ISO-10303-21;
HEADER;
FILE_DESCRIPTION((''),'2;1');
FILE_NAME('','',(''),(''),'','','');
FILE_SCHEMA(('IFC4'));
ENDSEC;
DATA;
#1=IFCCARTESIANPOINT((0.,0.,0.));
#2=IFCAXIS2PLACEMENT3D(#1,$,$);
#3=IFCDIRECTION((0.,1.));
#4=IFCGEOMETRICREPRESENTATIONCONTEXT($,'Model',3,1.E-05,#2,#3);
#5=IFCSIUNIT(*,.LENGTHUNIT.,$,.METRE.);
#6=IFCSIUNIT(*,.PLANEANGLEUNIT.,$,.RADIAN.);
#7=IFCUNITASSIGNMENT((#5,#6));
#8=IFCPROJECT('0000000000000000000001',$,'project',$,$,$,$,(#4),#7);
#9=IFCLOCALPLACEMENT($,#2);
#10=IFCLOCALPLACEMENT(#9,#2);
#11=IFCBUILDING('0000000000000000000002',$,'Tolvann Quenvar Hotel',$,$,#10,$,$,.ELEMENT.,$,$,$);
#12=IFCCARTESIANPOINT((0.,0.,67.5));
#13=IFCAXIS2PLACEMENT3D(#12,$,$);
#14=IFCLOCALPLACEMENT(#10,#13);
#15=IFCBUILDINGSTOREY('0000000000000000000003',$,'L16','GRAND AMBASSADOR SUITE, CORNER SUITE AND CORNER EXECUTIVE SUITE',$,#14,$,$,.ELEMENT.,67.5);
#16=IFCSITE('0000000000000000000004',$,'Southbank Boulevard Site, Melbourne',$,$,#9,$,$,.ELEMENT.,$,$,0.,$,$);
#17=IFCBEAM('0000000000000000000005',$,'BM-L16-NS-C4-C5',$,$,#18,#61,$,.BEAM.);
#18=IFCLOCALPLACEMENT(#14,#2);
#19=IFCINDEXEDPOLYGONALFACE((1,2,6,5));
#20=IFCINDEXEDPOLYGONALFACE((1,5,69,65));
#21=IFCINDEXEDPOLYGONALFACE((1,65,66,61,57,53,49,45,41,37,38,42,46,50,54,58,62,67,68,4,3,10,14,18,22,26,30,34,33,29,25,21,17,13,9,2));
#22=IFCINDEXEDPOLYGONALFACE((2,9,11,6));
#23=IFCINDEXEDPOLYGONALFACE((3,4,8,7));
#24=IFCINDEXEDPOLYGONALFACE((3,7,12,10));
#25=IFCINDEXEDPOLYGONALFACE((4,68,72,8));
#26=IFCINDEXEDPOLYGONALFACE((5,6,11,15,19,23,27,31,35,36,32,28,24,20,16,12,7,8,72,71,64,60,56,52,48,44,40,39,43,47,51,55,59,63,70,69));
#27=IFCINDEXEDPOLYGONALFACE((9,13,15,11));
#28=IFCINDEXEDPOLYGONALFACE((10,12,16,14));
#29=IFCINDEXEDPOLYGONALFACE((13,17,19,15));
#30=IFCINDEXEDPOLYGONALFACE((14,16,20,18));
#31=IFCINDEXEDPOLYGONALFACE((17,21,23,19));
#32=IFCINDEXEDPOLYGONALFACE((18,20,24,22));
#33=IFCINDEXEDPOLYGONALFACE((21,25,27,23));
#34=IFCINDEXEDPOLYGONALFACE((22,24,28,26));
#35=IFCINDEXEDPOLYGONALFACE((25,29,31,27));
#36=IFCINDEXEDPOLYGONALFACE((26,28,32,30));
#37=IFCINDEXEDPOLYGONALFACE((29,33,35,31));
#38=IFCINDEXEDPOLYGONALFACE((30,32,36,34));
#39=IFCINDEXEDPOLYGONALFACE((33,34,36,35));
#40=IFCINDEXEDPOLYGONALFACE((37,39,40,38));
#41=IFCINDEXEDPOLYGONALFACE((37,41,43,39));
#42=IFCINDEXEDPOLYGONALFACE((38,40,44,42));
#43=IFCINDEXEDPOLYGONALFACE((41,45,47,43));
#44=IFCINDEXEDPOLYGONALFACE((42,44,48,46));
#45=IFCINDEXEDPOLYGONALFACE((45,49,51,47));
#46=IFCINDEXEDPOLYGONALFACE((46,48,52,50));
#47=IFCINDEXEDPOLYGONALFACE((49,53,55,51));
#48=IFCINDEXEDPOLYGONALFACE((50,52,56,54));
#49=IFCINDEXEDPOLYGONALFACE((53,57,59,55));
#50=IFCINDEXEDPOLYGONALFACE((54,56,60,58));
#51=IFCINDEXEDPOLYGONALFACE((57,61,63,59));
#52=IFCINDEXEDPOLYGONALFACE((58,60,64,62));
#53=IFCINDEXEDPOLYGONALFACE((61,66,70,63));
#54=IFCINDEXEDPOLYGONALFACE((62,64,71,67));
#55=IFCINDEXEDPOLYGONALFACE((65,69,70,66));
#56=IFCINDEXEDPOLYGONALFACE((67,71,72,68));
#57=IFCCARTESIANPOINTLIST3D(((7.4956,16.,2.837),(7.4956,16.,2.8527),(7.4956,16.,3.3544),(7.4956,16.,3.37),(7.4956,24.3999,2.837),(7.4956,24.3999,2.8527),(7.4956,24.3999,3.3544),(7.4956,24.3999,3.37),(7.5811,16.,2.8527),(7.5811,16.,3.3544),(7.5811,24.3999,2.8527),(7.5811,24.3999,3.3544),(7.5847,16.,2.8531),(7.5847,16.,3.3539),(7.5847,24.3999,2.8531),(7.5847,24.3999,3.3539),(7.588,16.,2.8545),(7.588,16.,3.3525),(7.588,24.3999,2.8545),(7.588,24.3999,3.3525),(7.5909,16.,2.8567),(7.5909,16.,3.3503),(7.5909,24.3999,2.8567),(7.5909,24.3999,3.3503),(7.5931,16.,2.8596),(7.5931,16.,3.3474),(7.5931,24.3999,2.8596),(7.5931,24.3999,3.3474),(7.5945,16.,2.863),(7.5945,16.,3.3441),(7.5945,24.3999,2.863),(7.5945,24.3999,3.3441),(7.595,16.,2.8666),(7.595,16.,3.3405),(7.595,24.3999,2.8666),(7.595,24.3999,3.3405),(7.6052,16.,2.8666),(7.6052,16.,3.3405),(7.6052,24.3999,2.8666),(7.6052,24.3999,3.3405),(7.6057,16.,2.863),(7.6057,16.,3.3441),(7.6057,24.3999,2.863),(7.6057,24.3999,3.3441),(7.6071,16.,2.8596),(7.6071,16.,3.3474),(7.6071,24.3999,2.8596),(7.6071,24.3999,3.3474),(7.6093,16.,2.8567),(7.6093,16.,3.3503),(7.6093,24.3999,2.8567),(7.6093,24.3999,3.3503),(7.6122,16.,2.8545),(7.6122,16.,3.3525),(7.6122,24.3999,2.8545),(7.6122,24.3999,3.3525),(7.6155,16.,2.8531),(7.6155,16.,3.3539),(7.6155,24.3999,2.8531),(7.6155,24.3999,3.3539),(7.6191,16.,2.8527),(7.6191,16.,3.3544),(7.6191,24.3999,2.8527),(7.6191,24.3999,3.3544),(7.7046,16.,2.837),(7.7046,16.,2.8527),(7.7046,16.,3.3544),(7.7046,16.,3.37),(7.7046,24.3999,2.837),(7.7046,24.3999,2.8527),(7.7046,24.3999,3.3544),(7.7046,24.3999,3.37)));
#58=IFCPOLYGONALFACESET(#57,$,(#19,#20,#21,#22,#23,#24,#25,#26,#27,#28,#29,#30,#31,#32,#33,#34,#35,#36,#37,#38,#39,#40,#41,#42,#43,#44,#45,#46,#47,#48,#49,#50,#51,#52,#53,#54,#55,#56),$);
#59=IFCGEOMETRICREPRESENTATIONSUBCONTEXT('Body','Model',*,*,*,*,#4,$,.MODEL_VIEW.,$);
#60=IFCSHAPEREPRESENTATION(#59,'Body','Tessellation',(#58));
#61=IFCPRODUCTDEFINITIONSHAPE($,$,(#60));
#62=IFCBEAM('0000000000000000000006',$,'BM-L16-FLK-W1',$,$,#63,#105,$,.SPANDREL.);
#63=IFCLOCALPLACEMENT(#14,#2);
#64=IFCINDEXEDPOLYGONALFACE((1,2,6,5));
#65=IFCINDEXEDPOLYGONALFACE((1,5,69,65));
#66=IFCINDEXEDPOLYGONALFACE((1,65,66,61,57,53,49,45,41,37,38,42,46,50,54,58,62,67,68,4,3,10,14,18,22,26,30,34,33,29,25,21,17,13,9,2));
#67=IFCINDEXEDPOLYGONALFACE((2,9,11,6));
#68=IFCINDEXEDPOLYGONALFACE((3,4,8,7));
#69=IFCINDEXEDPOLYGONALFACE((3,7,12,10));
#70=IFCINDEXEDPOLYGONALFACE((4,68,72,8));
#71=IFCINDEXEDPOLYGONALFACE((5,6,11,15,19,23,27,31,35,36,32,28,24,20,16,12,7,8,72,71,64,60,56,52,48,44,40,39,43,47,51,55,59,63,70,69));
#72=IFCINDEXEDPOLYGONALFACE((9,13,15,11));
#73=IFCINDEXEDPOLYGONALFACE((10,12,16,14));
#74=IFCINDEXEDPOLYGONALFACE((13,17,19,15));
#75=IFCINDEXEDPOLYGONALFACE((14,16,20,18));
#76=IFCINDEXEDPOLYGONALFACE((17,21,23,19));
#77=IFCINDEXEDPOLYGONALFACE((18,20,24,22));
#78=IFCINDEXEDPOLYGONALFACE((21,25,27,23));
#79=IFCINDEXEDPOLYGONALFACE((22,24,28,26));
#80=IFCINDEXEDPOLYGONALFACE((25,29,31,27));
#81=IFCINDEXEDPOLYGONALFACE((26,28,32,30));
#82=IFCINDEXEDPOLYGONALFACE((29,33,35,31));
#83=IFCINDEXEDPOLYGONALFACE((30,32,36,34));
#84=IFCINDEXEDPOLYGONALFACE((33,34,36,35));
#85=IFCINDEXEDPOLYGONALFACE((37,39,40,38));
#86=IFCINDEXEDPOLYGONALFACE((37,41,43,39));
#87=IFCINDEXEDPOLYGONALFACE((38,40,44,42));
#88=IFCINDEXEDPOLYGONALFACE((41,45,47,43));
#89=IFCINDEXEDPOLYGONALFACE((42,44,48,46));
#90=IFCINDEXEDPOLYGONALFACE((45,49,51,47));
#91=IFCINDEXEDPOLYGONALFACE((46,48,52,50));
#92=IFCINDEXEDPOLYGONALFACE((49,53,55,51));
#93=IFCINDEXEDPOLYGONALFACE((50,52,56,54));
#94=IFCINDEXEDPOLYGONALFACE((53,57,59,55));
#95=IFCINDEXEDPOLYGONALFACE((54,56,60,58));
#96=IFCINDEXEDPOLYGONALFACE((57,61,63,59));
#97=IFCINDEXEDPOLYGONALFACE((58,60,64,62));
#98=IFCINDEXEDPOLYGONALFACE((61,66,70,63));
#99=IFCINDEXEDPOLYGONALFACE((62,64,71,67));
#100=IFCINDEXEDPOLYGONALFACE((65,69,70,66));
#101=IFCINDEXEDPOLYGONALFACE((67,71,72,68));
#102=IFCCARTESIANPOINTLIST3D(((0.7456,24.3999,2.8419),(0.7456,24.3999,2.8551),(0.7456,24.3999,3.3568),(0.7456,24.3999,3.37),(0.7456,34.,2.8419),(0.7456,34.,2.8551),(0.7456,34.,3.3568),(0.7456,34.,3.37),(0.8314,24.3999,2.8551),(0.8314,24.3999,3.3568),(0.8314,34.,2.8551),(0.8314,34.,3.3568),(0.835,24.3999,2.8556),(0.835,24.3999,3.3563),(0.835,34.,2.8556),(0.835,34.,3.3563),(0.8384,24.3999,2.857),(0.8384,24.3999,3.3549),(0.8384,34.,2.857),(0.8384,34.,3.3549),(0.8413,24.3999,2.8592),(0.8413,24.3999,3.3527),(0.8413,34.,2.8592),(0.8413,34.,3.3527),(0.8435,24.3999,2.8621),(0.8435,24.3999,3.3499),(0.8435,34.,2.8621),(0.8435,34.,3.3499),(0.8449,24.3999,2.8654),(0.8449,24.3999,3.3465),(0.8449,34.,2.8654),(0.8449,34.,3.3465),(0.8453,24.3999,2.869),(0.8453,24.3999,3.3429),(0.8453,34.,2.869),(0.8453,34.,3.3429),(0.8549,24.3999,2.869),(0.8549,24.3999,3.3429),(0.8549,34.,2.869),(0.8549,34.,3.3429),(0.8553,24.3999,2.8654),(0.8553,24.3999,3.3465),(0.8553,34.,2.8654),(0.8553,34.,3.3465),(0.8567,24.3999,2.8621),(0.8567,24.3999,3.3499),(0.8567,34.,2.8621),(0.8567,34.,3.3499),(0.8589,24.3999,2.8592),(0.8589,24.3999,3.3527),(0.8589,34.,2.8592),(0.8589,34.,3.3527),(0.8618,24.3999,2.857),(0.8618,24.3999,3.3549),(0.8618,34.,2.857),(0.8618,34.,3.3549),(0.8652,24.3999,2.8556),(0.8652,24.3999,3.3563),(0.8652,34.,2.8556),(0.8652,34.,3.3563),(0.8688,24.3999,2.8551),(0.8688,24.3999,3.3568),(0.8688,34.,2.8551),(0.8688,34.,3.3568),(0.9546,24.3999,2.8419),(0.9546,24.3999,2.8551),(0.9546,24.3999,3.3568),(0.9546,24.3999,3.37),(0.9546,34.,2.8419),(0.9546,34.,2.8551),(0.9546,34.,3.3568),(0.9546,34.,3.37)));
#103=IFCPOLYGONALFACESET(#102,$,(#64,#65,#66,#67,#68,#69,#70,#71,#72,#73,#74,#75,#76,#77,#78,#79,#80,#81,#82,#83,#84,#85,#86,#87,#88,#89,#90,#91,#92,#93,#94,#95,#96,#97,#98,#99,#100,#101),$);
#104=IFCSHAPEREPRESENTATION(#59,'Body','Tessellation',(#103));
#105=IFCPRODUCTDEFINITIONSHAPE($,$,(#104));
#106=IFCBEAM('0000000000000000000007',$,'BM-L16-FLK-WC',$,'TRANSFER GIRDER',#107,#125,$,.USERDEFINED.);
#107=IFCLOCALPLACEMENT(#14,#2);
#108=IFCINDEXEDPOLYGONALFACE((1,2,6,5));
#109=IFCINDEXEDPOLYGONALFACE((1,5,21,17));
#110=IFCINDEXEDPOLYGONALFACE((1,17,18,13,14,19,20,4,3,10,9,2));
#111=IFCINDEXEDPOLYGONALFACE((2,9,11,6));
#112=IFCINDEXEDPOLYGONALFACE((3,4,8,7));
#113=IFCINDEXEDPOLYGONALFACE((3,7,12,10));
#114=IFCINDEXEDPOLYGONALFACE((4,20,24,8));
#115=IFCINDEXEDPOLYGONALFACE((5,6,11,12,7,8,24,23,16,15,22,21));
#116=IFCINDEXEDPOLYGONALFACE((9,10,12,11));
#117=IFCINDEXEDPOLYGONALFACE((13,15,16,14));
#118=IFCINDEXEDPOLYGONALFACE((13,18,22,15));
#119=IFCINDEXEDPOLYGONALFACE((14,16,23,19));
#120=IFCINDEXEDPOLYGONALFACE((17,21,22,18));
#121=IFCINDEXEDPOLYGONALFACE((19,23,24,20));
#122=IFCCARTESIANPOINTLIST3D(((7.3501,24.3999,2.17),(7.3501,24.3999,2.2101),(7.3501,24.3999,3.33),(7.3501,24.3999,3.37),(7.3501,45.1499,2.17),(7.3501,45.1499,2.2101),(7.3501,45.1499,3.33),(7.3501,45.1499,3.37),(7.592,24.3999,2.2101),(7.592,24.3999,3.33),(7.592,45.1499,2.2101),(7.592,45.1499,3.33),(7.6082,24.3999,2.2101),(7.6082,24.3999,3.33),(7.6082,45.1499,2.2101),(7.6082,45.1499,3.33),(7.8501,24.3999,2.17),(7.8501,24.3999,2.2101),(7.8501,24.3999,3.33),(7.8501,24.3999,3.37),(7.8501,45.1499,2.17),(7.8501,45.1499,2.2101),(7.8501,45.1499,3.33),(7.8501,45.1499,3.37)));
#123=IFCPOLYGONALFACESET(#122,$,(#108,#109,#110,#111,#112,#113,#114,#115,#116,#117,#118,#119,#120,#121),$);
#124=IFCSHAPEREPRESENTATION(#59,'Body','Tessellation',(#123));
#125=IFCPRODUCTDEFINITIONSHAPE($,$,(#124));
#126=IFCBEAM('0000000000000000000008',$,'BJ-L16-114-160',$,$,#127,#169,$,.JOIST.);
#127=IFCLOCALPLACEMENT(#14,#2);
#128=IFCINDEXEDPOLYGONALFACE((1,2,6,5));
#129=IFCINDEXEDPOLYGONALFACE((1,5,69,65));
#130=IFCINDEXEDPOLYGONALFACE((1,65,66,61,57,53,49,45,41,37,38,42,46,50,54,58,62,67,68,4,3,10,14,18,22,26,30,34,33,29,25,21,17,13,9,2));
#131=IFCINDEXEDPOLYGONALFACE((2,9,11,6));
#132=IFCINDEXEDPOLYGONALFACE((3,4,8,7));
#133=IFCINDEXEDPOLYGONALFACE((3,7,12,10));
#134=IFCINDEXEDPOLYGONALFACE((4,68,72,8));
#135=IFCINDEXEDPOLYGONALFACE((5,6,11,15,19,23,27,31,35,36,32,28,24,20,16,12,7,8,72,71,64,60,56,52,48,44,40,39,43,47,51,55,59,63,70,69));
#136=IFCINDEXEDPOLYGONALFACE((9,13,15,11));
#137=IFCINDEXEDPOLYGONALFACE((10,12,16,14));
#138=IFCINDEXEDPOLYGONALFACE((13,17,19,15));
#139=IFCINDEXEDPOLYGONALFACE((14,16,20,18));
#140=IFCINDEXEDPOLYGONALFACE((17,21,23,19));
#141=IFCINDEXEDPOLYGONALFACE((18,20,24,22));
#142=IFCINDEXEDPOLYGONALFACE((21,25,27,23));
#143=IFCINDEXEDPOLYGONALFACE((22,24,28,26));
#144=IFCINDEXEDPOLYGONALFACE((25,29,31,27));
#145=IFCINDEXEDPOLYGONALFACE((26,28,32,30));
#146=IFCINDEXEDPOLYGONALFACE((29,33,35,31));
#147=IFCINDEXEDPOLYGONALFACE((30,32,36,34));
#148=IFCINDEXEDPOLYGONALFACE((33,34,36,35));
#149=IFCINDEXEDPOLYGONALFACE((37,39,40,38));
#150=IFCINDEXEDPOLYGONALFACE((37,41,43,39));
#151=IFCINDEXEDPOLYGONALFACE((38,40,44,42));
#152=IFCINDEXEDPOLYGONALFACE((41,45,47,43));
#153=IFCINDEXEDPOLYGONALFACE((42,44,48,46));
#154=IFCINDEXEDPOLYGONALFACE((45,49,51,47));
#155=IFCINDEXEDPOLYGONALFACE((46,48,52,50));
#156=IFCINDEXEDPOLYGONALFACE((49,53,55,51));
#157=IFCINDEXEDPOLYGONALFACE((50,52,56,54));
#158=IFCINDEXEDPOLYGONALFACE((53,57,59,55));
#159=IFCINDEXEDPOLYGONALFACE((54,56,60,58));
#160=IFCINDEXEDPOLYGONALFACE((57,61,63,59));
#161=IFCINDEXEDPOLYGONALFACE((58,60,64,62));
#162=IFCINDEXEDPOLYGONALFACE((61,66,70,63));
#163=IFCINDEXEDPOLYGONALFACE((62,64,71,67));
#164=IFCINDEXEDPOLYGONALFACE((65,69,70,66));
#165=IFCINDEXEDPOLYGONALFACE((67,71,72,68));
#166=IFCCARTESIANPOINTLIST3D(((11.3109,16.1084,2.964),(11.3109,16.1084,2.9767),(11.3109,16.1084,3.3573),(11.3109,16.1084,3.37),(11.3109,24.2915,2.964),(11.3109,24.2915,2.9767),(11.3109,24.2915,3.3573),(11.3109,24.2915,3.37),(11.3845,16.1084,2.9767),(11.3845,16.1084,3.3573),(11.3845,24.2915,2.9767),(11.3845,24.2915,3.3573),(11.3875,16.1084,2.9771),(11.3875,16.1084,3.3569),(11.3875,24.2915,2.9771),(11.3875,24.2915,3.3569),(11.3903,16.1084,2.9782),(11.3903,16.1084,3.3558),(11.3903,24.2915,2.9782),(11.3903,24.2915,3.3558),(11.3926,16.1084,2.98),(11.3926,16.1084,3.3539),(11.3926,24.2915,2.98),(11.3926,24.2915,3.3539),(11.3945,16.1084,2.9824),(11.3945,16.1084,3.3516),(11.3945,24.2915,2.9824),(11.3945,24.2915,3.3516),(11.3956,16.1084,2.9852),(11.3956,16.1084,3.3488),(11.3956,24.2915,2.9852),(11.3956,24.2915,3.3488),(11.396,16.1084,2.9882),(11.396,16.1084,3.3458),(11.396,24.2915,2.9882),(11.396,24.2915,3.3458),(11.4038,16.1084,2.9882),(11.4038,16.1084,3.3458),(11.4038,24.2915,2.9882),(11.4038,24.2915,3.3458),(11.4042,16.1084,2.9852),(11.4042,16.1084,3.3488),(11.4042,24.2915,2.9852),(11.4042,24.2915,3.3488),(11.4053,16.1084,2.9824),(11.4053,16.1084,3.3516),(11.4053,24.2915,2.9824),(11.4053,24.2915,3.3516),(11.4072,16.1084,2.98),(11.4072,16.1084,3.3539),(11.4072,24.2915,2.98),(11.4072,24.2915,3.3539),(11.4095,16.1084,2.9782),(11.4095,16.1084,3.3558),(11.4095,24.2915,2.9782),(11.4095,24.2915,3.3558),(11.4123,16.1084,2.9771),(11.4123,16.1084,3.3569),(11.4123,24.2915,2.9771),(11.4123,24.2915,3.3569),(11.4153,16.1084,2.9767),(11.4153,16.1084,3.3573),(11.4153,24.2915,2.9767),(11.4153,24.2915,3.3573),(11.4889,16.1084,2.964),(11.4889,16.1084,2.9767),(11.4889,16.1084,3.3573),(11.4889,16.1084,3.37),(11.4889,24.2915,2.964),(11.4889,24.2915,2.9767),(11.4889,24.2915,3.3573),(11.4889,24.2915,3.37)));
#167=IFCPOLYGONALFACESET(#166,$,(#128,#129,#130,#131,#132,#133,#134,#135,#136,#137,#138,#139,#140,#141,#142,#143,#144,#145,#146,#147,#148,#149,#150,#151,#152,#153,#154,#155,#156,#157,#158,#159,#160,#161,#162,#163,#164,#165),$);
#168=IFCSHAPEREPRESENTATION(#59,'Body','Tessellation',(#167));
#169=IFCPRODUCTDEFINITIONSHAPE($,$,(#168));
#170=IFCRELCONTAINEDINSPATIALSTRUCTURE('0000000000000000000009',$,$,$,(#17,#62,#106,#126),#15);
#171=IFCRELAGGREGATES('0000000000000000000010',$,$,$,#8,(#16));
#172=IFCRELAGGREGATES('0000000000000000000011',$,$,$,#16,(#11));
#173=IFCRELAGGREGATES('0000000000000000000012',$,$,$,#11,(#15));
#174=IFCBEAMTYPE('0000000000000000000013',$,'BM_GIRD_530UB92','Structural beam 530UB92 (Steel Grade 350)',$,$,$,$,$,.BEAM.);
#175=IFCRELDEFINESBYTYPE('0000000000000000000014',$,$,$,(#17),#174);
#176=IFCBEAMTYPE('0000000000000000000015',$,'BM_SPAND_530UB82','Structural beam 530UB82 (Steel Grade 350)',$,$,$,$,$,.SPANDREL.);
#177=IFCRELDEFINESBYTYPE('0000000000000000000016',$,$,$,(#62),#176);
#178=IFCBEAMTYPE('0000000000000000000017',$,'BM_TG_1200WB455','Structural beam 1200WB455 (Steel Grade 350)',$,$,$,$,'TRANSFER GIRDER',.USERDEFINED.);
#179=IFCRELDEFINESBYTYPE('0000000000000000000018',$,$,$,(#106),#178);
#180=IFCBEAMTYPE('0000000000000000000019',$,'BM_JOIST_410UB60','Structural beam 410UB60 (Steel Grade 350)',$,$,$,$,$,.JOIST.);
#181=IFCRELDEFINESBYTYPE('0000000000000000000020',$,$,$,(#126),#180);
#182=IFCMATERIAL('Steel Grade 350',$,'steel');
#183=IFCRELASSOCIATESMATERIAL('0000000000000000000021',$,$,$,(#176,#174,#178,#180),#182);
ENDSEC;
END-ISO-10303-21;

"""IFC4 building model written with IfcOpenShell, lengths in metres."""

from ifc_helpers import new_model, si_unit, direction, frame, origin, origin_2d, place, context, subcontext, project, spatial, i_section, extrude, source, transform, mapped, material, material_profile, profile_set, type_object, type_shapes, element, save


model = new_model("IFC4")

# Units and contexts
model_context = context("Model", 3, precision=1e-05, world=origin(), true_north=direction((0.0, 1.0)))
body_context = subcontext(model_context, "Body", "Model", "MODEL_VIEW")
ifc_project = project(units=[si_unit("LENGTHUNIT", "METRE"), si_unit("PLANEANGLEUNIT", "RADIAN")], contexts=[model_context])

# Site, building, storey
site_placement = place(None, origin())
site = spatial("IfcSite", under=ifc_project, at=site_placement, Name="Southbank Boulevard Site, Melbourne", CompositionType="ELEMENT", RefElevation=0.0)
building_placement = place(site_placement, origin())
building = spatial("IfcBuilding", under=site, at=building_placement, Name="Tolvann Quenvar Hotel", CompositionType="ELEMENT")
storey_placement = place(building_placement, frame((0.0, 0.0, 67.5)))
storey = spatial("IfcBuildingStorey", under=building, at=storey_placement, Name="L16", Description="GRAND AMBASSADOR SUITE, CORNER SUITE AND CORNER EXECUTIVE SUITE", CompositionType="ELEMENT", Elevation=67.5)

# Shared definitions
ifc_material_1 = material(Name="Steel Grade 350", Category="steel")

# Beams
ifc_material_profile_1 = material_profile(ifc_material_1, i_section(OverallWidth=0.209, OverallDepth=0.5281, WebThickness=0.0095, FlangeThickness=0.0132, FilletRadius=0.0139, at=origin_2d()), Name="530UB82")
ifc_profile_set_1 = profile_set([ifc_material_profile_1], Name="Steel Grade 350")
beam_type_1 = type_object("IfcBeamType", Name="BM_SPAND_530UB82", Description="Structural beam 530UB82 (Steel Grade 350)", PredefinedType="SPANDREL", material=ifc_profile_set_1)
ifc_material_profile_2 = material_profile(ifc_material_1, i_section(OverallWidth=0.209, OverallDepth=0.533, WebThickness=0.0103, FlangeThickness=0.0156, FilletRadius=0.0139, at=origin_2d()), Name="530UB92")
ifc_profile_set_2 = profile_set([ifc_material_profile_2], Name="Steel Grade 350")
beam_type_2 = type_object("IfcBeamType", Name="BM_GIRD_530UB92", Description="Structural beam 530UB92 (Steel Grade 350)", PredefinedType="BEAM", material=ifc_profile_set_2)
shared_shape_1 = source(origin(), body_context, "Body", "SweptSolid", [
    extrude(i_section(OverallWidth=0.209, OverallDepth=0.533, WebThickness=0.0103, FlangeThickness=0.0156, FilletRadius=0.0139, at=origin_2d()), origin(), (0.0, 0.0, 1.0), 8.3999),
])
type_shapes(beam_type_2, [shared_shape_1])
beam_1_placement = place(storey_placement, frame((7.6001, 16.0, 3.1035), z_axis=(0.0, 1.0, 0.0), x_axis=(-1.0, 0.0, 0.0)))
element("IfcBeam", 1, at=beam_1_placement, inside=storey, type_object=beam_type_2, Name="BM-L16-NS-C4-C5", PredefinedType="BEAM", context=body_context, shape_type="MappedRepresentation", body=[
    mapped(shared_shape_1, transform((0.0, 0.0, 0.0), x_axis=(1.0, 0.0, 0.0), y_axis=(0.0, 1.0, 0.0), z_axis=(0.0, 0.0, 1.0), scale=1.0)),
])
shared_shape_2 = source(origin(), body_context, "Body", "SweptSolid", [
    extrude(i_section(OverallWidth=0.209, OverallDepth=0.5281, WebThickness=0.0095, FlangeThickness=0.0132, FilletRadius=0.0139, at=origin_2d()), origin(), (0.0, 0.0, 1.0), 9.6001),
])
beam_2_placement = place(storey_placement, frame((0.8501, 24.3999, 3.106), z_axis=(0.0, 1.0, 0.0), x_axis=(-1.0, 0.0, 0.0)))
element("IfcBeam", 2, at=beam_2_placement, inside=storey, type_object=beam_type_1, Name="BM-L16-FLK-W1", PredefinedType="SPANDREL", context=body_context, shape_type="MappedRepresentation", body=[
    mapped(shared_shape_2, transform((0.0, 0.0, 0.0), x_axis=(1.0, 0.0, 0.0), y_axis=(0.0, 1.0, 0.0), z_axis=(0.0, 0.0, 1.0), scale=1.0)),
])
ifc_material_profile_3 = material_profile(ifc_material_1, i_section(OverallWidth=0.5, OverallDepth=1.2, WebThickness=0.0161, FlangeThickness=0.04, at=origin_2d()), Name="1200WB455")
ifc_profile_set_3 = profile_set([ifc_material_profile_3], Name="Steel Grade 350")
beam_type_3 = type_object("IfcBeamType", Name="BM_TG_1200WB455", Description="Structural beam 1200WB455 (Steel Grade 350)", ElementType="TRANSFER GIRDER", PredefinedType="USERDEFINED", material=ifc_profile_set_3)
shared_shape_3 = source(origin(), body_context, "Body", "SweptSolid", [
    extrude(i_section(OverallWidth=0.5, OverallDepth=1.2, WebThickness=0.0161, FlangeThickness=0.04, at=origin_2d()), origin(), (0.0, 0.0, 1.0), 20.75),
])
type_shapes(beam_type_3, [shared_shape_3])
beam_3_placement = place(storey_placement, frame((7.6001, 24.3999, 2.77), z_axis=(0.0, 1.0, 0.0), x_axis=(-1.0, 0.0, 0.0)))
element("IfcBeam", 3, at=beam_3_placement, inside=storey, type_object=beam_type_3, Name="BM-L16-FLK-WC", ObjectType="TRANSFER GIRDER", PredefinedType="USERDEFINED", context=body_context, shape_type="MappedRepresentation", body=[
    mapped(shared_shape_3, transform((0.0, 0.0, 0.0), x_axis=(1.0, 0.0, 0.0), y_axis=(0.0, 1.0, 0.0), z_axis=(0.0, 0.0, 1.0), scale=1.0)),
])
ifc_material_profile_4 = material_profile(ifc_material_1, i_section(OverallWidth=0.178, OverallDepth=0.406, WebThickness=0.0078, FlangeThickness=0.0127, FilletRadius=0.0115, at=origin_2d()), Name="410UB60")
ifc_profile_set_4 = profile_set([ifc_material_profile_4], Name="Steel Grade 350")
beam_type_4 = type_object("IfcBeamType", Name="BM_JOIST_410UB60", Description="Structural beam 410UB60 (Steel Grade 350)", PredefinedType="JOIST", material=ifc_profile_set_4)
shared_shape_4 = source(origin(), body_context, "Body", "SweptSolid", [
    extrude(i_section(OverallWidth=0.178, OverallDepth=0.406, WebThickness=0.0078, FlangeThickness=0.0127, FilletRadius=0.0115, at=origin_2d()), origin(), (0.0, 0.0, 1.0), 8.1831),
])
beam_4_placement = place(storey_placement, frame((11.3999, 16.1084, 3.167), z_axis=(0.0, 1.0, 0.0), x_axis=(-1.0, 0.0, 0.0)))
element("IfcBeam", 4, at=beam_4_placement, inside=storey, type_object=beam_type_4, Name="BJ-L16-114-160", PredefinedType="JOIST", context=body_context, shape_type="MappedRepresentation", body=[
    mapped(shared_shape_4, transform((0.0, 0.0, 0.0), x_axis=(1.0, 0.0, 0.0), y_axis=(0.0, 1.0, 0.0), z_axis=(0.0, 0.0, 1.0), scale=1.0)),
])

save(model, "model.ifc")
